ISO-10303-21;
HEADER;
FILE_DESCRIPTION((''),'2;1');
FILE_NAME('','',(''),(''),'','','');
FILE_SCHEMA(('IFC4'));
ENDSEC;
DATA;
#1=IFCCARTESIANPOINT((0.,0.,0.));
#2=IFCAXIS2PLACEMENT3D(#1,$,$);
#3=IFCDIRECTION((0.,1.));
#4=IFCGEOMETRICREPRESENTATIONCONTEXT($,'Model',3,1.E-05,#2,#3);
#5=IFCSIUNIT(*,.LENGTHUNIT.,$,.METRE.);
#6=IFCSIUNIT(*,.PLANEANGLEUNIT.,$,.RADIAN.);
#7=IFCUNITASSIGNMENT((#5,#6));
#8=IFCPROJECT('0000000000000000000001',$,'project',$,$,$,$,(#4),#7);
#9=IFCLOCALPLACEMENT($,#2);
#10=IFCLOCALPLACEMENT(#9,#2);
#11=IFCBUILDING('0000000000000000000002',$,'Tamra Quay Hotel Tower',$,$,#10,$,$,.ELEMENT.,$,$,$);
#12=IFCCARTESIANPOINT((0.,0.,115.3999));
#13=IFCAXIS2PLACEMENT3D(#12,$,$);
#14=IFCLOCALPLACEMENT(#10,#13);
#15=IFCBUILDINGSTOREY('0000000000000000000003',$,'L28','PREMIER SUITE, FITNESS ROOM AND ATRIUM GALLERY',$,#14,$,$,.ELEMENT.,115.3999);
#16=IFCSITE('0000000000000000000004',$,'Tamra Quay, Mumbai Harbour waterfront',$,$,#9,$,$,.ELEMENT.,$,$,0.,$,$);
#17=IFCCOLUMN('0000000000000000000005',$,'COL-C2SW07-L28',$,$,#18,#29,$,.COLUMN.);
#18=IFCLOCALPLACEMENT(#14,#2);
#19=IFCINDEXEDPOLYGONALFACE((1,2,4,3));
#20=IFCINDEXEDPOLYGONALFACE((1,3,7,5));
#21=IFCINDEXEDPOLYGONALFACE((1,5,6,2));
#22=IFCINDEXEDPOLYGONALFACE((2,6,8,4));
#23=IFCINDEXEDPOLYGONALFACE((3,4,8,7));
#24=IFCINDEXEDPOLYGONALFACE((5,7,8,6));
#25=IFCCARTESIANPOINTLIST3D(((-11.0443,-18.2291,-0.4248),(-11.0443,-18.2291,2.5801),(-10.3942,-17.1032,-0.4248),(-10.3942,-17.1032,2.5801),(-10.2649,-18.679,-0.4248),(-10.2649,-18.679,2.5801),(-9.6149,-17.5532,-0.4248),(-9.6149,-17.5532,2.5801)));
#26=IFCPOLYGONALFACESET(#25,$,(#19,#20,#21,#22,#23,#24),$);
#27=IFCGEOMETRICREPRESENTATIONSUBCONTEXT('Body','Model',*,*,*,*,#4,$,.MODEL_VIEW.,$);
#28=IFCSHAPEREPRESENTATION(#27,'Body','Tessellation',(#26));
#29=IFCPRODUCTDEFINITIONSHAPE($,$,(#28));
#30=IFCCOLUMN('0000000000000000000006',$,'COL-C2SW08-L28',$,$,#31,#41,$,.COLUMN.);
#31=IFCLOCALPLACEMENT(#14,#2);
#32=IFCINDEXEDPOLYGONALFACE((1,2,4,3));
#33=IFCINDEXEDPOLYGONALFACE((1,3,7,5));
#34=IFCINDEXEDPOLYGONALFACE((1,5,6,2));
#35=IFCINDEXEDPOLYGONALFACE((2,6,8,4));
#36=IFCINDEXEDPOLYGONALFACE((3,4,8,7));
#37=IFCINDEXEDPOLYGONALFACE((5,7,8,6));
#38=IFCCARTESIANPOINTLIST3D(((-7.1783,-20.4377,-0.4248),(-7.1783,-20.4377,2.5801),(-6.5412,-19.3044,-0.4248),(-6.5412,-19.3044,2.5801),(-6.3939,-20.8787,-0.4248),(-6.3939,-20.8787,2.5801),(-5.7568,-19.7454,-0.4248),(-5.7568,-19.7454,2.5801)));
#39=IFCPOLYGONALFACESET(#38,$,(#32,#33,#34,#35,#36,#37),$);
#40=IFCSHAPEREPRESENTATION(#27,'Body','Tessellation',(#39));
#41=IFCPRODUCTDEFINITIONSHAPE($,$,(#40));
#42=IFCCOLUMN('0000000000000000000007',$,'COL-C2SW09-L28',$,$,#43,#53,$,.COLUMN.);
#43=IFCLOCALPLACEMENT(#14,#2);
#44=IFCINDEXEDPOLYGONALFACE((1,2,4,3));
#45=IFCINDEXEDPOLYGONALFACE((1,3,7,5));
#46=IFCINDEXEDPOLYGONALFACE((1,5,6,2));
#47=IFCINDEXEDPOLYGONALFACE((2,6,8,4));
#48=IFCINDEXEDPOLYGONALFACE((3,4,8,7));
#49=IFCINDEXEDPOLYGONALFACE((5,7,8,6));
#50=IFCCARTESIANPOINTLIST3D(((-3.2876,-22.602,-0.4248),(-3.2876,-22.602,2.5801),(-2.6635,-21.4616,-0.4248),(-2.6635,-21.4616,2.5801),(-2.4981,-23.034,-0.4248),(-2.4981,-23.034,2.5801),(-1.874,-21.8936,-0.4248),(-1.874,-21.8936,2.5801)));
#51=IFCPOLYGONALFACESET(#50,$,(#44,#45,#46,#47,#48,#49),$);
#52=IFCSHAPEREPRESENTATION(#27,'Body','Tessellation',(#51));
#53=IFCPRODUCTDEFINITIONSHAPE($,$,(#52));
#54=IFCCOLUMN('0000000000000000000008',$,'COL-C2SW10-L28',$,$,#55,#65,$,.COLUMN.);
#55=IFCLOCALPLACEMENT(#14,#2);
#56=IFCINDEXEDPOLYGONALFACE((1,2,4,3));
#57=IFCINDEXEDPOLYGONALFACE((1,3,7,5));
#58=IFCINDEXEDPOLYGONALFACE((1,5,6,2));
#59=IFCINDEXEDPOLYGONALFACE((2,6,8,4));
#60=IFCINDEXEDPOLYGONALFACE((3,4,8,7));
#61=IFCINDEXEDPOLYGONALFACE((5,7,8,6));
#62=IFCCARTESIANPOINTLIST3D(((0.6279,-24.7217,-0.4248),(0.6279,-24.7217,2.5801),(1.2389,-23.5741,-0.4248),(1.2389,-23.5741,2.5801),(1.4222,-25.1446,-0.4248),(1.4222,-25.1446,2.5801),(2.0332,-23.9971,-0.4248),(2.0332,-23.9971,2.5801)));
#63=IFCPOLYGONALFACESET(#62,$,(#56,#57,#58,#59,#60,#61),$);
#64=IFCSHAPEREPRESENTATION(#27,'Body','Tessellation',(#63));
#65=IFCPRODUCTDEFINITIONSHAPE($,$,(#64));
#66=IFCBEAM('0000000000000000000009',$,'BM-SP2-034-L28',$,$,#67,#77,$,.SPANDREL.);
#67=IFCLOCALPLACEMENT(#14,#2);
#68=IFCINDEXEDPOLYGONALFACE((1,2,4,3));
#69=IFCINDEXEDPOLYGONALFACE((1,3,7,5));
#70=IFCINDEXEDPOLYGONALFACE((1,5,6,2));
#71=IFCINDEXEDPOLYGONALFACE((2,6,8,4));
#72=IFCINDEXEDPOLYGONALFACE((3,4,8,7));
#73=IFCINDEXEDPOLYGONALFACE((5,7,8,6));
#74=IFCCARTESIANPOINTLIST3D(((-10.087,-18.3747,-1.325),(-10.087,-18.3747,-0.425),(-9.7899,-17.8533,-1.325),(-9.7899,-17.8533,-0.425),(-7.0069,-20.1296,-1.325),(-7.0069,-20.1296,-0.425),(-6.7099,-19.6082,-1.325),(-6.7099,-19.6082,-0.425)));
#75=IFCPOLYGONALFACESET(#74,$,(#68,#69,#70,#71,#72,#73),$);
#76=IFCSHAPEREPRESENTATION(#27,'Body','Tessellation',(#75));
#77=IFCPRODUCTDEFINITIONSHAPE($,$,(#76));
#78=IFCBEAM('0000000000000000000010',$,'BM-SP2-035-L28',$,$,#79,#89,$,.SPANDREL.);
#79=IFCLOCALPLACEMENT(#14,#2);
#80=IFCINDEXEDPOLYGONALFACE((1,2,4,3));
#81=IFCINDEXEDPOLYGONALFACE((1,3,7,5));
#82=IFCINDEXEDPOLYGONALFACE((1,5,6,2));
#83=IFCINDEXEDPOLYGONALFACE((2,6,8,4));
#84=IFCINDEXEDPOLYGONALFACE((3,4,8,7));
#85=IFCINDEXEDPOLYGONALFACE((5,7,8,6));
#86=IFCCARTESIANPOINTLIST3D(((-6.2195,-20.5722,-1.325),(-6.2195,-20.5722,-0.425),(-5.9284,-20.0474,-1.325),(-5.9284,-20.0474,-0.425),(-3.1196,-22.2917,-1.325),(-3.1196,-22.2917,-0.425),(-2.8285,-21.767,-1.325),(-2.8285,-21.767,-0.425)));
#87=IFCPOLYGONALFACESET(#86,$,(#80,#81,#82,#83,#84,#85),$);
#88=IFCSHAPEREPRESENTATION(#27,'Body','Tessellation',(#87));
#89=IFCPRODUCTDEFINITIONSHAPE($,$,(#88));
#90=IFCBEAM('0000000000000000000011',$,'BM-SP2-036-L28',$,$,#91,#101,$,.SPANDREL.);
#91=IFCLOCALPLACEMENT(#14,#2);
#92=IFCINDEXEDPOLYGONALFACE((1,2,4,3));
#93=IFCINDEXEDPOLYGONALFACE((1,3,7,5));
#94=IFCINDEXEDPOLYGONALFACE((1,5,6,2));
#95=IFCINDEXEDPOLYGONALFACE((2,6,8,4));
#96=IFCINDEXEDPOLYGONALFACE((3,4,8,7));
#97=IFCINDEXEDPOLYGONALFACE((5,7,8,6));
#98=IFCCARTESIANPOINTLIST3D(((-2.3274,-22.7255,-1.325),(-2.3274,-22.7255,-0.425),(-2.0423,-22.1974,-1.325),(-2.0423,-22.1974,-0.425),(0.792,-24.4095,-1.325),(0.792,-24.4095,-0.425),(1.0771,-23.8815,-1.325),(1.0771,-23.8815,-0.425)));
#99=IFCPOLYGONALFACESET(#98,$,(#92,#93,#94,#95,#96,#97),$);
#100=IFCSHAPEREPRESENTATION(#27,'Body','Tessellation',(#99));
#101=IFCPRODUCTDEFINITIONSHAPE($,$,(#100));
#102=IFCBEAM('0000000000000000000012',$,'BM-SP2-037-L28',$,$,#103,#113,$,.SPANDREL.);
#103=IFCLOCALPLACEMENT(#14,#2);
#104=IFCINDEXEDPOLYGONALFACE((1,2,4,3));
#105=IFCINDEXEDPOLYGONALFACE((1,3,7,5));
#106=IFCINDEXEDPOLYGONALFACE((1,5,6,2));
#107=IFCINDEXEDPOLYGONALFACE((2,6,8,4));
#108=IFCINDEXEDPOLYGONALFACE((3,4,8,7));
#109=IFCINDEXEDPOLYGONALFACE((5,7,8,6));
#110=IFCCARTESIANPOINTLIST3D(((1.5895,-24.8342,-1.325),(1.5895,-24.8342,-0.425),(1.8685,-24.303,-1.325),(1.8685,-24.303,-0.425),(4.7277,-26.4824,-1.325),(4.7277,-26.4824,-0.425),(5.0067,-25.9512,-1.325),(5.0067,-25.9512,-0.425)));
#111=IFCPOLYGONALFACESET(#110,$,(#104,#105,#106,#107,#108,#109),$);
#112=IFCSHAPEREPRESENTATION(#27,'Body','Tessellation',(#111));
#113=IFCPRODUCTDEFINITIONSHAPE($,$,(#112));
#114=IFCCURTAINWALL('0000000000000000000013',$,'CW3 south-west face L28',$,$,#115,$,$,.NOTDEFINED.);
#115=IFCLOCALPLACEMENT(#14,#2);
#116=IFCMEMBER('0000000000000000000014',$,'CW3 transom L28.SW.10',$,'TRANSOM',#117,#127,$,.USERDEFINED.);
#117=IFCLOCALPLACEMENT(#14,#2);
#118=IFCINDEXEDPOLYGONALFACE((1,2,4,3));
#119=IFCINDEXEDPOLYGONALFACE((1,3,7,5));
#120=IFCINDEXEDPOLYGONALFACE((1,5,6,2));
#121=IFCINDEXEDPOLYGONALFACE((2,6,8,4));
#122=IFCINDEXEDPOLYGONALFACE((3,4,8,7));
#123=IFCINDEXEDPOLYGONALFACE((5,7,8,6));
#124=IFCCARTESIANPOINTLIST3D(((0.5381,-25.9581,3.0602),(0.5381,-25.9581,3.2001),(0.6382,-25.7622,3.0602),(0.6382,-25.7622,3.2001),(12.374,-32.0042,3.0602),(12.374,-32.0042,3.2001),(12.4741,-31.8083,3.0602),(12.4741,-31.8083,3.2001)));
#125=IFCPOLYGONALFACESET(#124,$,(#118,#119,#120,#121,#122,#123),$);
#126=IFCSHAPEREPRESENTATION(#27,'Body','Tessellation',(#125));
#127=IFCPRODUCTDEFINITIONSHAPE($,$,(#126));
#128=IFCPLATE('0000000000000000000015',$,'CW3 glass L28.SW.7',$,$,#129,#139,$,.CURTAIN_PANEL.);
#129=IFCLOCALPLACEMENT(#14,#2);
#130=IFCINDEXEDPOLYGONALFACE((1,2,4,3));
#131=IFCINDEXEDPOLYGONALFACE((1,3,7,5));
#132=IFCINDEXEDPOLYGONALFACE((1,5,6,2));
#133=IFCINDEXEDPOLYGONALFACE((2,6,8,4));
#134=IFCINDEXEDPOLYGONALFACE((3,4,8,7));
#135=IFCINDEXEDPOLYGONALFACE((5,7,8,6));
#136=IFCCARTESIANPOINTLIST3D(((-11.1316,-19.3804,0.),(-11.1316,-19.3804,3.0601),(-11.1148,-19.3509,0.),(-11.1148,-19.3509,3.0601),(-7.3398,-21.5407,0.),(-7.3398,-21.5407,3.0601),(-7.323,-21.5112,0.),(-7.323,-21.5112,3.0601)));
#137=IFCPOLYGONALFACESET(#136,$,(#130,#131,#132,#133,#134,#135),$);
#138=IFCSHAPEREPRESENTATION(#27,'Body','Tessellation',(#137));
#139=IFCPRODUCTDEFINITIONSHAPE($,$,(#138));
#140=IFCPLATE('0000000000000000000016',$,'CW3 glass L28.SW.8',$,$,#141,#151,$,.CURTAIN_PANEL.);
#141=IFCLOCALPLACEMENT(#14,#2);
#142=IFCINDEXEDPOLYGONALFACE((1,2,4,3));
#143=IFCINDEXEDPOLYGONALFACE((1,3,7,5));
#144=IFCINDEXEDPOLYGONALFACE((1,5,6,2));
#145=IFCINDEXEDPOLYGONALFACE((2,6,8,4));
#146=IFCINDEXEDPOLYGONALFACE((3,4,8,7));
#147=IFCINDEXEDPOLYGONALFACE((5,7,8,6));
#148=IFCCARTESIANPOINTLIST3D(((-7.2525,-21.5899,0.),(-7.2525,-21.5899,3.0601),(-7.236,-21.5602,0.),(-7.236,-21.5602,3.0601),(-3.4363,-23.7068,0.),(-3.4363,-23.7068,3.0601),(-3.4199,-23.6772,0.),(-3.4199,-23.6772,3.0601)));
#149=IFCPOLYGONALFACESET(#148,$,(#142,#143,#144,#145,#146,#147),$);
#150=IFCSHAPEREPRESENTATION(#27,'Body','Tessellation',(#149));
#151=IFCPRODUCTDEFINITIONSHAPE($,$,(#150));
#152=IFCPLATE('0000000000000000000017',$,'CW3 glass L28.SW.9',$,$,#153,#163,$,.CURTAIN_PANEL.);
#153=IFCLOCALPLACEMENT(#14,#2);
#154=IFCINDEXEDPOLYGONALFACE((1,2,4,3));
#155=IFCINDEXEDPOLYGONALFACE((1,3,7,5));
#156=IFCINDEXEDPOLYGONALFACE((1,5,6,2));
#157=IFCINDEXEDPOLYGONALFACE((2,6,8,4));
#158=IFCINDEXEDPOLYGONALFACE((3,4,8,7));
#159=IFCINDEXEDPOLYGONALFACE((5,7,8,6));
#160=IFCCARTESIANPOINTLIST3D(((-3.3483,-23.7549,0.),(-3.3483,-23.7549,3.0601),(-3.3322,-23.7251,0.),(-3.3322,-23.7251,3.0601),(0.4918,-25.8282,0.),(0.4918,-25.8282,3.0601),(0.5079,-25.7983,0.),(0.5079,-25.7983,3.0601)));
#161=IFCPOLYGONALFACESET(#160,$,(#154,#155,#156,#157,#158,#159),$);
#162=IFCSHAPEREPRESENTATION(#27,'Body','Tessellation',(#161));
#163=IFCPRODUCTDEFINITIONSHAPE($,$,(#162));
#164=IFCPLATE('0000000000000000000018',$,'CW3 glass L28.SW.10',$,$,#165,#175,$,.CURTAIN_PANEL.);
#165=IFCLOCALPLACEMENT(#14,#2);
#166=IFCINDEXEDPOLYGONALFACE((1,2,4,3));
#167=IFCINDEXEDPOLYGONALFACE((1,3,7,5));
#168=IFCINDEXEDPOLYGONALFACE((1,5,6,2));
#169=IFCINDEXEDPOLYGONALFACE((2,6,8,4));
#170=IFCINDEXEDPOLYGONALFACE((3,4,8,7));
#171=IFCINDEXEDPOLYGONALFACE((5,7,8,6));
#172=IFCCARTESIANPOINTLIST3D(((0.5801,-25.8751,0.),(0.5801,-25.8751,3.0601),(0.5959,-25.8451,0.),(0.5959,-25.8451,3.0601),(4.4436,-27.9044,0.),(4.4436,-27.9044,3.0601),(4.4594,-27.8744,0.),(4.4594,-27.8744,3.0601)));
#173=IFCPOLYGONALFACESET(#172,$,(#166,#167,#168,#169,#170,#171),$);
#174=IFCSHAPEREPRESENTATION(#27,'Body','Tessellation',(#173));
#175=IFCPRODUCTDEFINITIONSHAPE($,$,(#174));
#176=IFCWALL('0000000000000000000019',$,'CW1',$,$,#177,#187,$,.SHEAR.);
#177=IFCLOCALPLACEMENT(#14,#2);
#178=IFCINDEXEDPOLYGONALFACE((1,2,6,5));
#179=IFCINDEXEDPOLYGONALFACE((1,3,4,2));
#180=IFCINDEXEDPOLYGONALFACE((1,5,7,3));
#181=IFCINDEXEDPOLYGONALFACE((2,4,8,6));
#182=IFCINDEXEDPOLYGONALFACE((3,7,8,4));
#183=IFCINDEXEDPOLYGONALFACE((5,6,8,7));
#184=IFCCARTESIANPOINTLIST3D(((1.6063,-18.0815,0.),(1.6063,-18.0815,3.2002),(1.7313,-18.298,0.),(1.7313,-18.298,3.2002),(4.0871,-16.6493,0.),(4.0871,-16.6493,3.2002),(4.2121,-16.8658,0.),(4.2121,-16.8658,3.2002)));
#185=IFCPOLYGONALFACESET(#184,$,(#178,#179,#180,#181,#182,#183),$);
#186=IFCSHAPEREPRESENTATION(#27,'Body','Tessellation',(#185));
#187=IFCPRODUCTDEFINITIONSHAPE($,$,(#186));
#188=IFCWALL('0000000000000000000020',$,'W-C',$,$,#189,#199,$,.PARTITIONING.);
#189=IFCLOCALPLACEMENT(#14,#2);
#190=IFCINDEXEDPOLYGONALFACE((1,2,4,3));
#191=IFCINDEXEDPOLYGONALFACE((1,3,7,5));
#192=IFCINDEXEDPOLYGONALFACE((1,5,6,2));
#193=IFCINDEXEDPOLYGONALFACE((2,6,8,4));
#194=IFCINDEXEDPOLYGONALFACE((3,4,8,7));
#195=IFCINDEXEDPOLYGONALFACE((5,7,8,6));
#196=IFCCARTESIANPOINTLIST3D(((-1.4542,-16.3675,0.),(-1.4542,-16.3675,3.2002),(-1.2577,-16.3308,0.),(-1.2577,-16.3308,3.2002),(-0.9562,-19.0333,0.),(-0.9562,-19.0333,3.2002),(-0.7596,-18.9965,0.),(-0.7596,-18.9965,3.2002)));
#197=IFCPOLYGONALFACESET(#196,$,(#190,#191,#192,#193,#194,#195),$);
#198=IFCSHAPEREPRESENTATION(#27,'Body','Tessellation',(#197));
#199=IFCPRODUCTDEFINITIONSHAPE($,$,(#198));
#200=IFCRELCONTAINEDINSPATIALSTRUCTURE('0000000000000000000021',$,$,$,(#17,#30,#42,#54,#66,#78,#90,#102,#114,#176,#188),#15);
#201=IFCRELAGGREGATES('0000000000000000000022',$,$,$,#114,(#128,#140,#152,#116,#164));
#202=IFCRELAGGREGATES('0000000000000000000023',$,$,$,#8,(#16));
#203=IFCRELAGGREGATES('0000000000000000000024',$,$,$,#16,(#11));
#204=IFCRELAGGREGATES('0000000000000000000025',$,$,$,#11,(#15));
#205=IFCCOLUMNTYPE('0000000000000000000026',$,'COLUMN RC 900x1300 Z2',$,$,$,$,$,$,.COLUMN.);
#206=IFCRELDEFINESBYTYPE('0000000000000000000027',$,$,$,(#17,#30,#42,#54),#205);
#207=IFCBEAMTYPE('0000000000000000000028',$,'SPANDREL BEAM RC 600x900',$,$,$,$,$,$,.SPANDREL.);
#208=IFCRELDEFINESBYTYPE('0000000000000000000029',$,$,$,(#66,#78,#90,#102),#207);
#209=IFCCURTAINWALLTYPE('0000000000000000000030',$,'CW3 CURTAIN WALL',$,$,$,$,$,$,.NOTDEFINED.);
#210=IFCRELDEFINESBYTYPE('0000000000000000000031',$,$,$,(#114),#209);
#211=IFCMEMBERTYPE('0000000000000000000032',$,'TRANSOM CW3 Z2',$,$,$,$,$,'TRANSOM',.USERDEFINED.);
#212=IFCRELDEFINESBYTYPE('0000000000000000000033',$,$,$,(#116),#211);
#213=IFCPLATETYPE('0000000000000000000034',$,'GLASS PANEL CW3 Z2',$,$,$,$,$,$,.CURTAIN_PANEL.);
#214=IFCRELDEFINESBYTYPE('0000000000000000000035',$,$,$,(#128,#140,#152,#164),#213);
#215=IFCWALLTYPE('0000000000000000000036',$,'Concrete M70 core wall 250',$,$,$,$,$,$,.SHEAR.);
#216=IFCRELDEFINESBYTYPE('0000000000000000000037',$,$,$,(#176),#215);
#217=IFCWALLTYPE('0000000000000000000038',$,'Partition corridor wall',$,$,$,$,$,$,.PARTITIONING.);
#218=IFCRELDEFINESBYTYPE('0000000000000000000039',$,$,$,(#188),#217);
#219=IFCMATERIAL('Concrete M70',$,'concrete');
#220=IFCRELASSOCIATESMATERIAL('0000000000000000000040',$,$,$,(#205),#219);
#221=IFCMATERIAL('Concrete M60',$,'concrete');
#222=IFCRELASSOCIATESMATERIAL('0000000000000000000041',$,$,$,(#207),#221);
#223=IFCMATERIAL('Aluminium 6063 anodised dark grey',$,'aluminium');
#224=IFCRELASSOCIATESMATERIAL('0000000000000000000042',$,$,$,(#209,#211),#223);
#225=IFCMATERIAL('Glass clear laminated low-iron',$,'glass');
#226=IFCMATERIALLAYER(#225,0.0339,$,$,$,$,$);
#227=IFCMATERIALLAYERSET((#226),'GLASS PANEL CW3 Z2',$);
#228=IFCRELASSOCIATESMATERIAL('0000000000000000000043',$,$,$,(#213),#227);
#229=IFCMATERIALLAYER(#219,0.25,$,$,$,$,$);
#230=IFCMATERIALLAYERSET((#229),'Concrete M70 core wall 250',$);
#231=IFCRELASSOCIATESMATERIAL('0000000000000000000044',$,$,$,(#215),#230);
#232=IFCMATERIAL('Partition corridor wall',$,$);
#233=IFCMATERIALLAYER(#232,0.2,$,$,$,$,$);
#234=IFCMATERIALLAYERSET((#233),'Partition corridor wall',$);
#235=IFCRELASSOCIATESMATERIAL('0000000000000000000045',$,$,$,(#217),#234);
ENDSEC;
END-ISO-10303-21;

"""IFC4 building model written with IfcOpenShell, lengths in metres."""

from ifc_helpers import new_model, si_unit, direction, frame, frame_2d, origin, origin_2d, place, context, subcontext, project, spatial, rectangle, extrude, material, layer, layer_set, material_profile, profile_set, type_object, element, aggregate, save


model = new_model("IFC4")

# Units and contexts
model_context = context("Model", 3, precision=1e-05, world=origin(), true_north=direction((0.0, 1.0)))
body_context = subcontext(model_context, "Body", "Model", "MODEL_VIEW")
ifc_project = project(units=[si_unit("LENGTHUNIT", "METRE"), si_unit("PLANEANGLEUNIT", "RADIAN")], contexts=[model_context])

# Site, building, storey
site_placement = place(None, origin())
site = spatial("IfcSite", under=ifc_project, at=site_placement, Name="Tamra Quay, Mumbai Harbour waterfront", CompositionType="ELEMENT", RefElevation=0.0)
building_placement = place(site_placement, origin())
building = spatial("IfcBuilding", under=site, at=building_placement, Name="Tamra Quay Hotel Tower", CompositionType="ELEMENT")
storey_placement = place(building_placement, frame((0.0, 0.0, 115.3999)))
storey = spatial("IfcBuildingStorey", under=building, at=storey_placement, Name="L28", Description="PREMIER SUITE, FITNESS ROOM AND ATRIUM GALLERY", CompositionType="ELEMENT", Elevation=115.3999)

# Columns
ifc_material_1 = material(Name="Concrete M70", Category="concrete")
ifc_material_profile_1 = material_profile(ifc_material_1, rectangle(XDim=1.3, YDim=0.8999, at=origin_2d()), Name="COLUMN RC 900x1300 Z2")
ifc_profile_set_1 = profile_set([ifc_material_profile_1], Name="Concrete M70")
column_type = type_object("IfcColumnType", Name="COLUMN RC 900x1300 Z2", PredefinedType="COLUMN", material=ifc_profile_set_1)
for number, where, z_axis, x_axis, name in (
    (1, (-10.3296, -17.8911, -0.4248), (0.0, 0.0, 1.0), (0.5, 0.866025, 0.0), "COL-C2SW07-L28"),
    (2, (-6.4675, -20.0916, -0.4248), (0.0, 0.0, 1.0), (0.490061, 0.871688, 0.0), "COL-C2SW08-L28"),
    (3, (-2.5808, -22.2478, -0.4248), (0.0, 0.0, 1.0), (0.48006, 0.877236, 0.0), "COL-C2SW09-L28"),
    (4, (1.3306, -24.3594, -0.4248), (0.0, 0.0, 1.0), (0.470002, 0.882666, 0.0), "COL-C2SW10-L28"),
):
    element("IfcColumn", number, at=place(storey_placement, frame(where, z_axis=z_axis, x_axis=x_axis)), inside=storey, type_object=column_type, Name=name, PredefinedType="COLUMN", context=body_context, shape_type="SweptSolid", body=[
        extrude(rectangle(XDim=1.3, YDim=0.8999, at=origin_2d()), origin(), (0.0, 0.0, 1.0), 3.0049),
    ])

# Beams
ifc_material_2 = material(Name="Concrete M60", Category="concrete")
ifc_material_profile_2 = material_profile(ifc_material_2, rectangle(XDim=0.6001, YDim=0.8999, at=origin_2d()), Name="SPANDREL BEAM RC 600x900")
ifc_profile_set_2 = profile_set([ifc_material_profile_2], Name="Concrete M60")
beam_type = type_object("IfcBeamType", Name="SPANDREL BEAM RC 600x900", PredefinedType="SPANDREL", material=ifc_profile_set_2)
for number, where, z_axis, x_axis, name in (
    (5, (-9.9385, -18.114, -0.875), (0.86887, -0.495041, 0.0), (0.495041, 0.86887, 0.0), "BM-SP2-034-L28"),
    (6, (-6.074, -20.3098, -0.875), (0.874475, -0.48507, 0.0), (0.48507, 0.874475, 0.0), "BM-SP2-035-L28"),
    (7, (-2.1848, -22.4614, -0.875), (0.879951, -0.475065, 0.0), (0.475065, 0.879951, 0.0), "BM-SP2-036-L28"),
):
    element("IfcBeam", number, at=place(storey_placement, frame(where, z_axis=z_axis, x_axis=x_axis)), inside=storey, type_object=beam_type, Name=name, PredefinedType="SPANDREL", context=body_context, shape_type="SweptSolid", body=[
        extrude(rectangle(XDim=0.6001, YDim=0.8999, at=origin_2d()), origin(), (0.0, 0.0, 1.0), 3.5449),
    ])
beam_placement = place(storey_placement, frame((1.729, -24.5686, -0.875), z_axis=(0.885323, -0.464977, 0.0), x_axis=(0.464977, 0.885323, 0.0)))
element("IfcBeam", 8, at=beam_placement, inside=storey, type_object=beam_type, Name="BM-SP2-037-L28", PredefinedType="SPANDREL", context=body_context, shape_type="SweptSolid", body=[
    extrude(rectangle(XDim=0.6001, YDim=0.8999, at=origin_2d()), origin(), (0.0, 0.0, 1.0), 3.5447),
])

# Curtain wall, member, plates
ifc_material_3 = material(Name="Aluminium 6063 anodised dark grey", Category="aluminium")
curtain_wall_type = type_object("IfcCurtainWallType", Name="CW3 CURTAIN WALL", PredefinedType="NOTDEFINED", material=ifc_material_3)
curtain_wall_placement = place(storey_placement, origin())
curtain_wall = element("IfcCurtainWall", 9, at=curtain_wall_placement, inside=storey, type_object=curtain_wall_type, Name="CW3 south-west face L28", PredefinedType="NOTDEFINED")
ifc_material_profile_3 = material_profile(ifc_material_3, rectangle(XDim=0.22, YDim=0.1399, at=origin_2d()), Name="TRANSOM 220X140")
ifc_profile_set_3 = profile_set([ifc_material_profile_3], Name="Aluminium 6063 anodised dark grey")
member_type = type_object("IfcMemberType", Name="TRANSOM CW3 Z2", ElementType="TRANSOM", PredefinedType="USERDEFINED", material=ifc_profile_set_3)
member_placement = place(storey_placement, frame((0.5881, -25.8601, 3.1301), z_axis=(0.890536, -0.454912, 0.0), x_axis=(0.454912, 0.890536, 0.0)))
member = element("IfcMember", 10, at=member_placement, type_object=member_type, Name="CW3 transom L28.SW.10", ObjectType="TRANSOM", PredefinedType="USERDEFINED", context=body_context, shape_type="SweptSolid", body=[
    extrude(rectangle(XDim=0.22, YDim=0.1399, at=origin_2d()), origin(), (0.0, 0.0, 1.0), 13.2908),
])
ifc_material_4 = material(Name="Glass clear laminated low-iron", Category="glass")
ifc_layer_1 = layer(ifc_material_4, 0.0339)
ifc_layer_set_1 = layer_set([ifc_layer_1], Name="GLASS PANEL CW3 Z2")
plate_type = type_object("IfcPlateType", Name="GLASS PANEL CW3 Z2", PredefinedType="CURTAIN_PANEL", material=ifc_layer_set_1)
plate_1_placement = place(storey_placement, frame((-9.2273, -20.4458, 0.0), z_axis=(0.0, 0.0, 1.0), x_axis=(0.868868, -0.495045, 0.0)))
plate_1 = element("IfcPlate", 11, at=plate_1_placement, type_object=plate_type, Name="CW3 glass L28.SW.7", PredefinedType="CURTAIN_PANEL", context=body_context, shape_type="SweptSolid", body=[
    extrude(rectangle(XDim=4.364, YDim=0.0339, at=origin_2d()), origin(), (0.0, 0.0, 1.0), 3.0601),
])
plate_2_placement = place(storey_placement, frame((-5.3362, -22.6335, 0.0), z_axis=(0.0, 0.0, 1.0), x_axis=(0.874465, -0.485088, 0.0)))
plate_2 = element("IfcPlate", 12, at=plate_2_placement, type_object=plate_type, Name="CW3 glass L28.SW.8", PredefinedType="CURTAIN_PANEL", context=body_context, shape_type="SweptSolid", body=[
    extrude(rectangle(XDim=4.364, YDim=0.0339, at=origin_2d()), origin(), (0.0, 0.0, 1.0), 3.0601),
])
plate_3_placement = place(storey_placement, frame((-1.4202, -24.7766, 0.0), z_axis=(0.0, 0.0, 1.0), x_axis=(0.879946, -0.475074, 0.0)))
plate_3 = element("IfcPlate", 13, at=plate_3_placement, type_object=plate_type, Name="CW3 glass L28.SW.9", PredefinedType="CURTAIN_PANEL", context=body_context, shape_type="SweptSolid", body=[
    extrude(rectangle(XDim=4.364, YDim=0.0339, at=origin_2d()), origin(), (0.0, 0.0, 1.0), 3.0601),
])
plate_4_placement = place(storey_placement, frame((2.5198, -26.8748, 0.0), z_axis=(0.0, 0.0, 1.0), x_axis=(0.885306, -0.465009, 0.0)))
plate_4 = element("IfcPlate", 14, at=plate_4_placement, type_object=plate_type, Name="CW3 glass L28.SW.10", PredefinedType="CURTAIN_PANEL", context=body_context, shape_type="SweptSolid", body=[
    extrude(rectangle(XDim=4.364, YDim=0.0339, at=origin_2d()), origin(), (0.0, 0.0, 1.0), 3.0601),
])
aggregate(curtain_wall, [plate_1, plate_2, plate_3, member, plate_4])

# Walls
ifc_layer_2 = layer(ifc_material_1, 0.25)
ifc_layer_set_2 = layer_set([ifc_layer_2], Name="Concrete M70 core wall 250")
wall_type_1 = type_object("IfcWallType", Name="Concrete M70 core wall 250", PredefinedType="SHEAR", material=ifc_layer_set_2)
wall_1_placement = place(storey_placement, frame((1.6689, -18.1897, 0.0), z_axis=(0.0, 0.0, 1.0), x_axis=(0.866042, 0.499971, 0.0)))
element("IfcWall", 15, at=wall_1_placement, inside=storey, type_object=wall_type_1, Name="CW1", PredefinedType="SHEAR", context=body_context, shape_type="SweptSolid", body=[
    extrude(rectangle(XDim=2.8645, YDim=0.25, at=frame_2d((1.4321, 0.0))), origin(), (0.0, 0.0, 1.0), 3.2002),
])
ifc_material_5 = material(Name="Partition corridor wall")
ifc_layer_3 = layer(ifc_material_5, 0.2)
ifc_layer_set_3 = layer_set([ifc_layer_3], Name="Partition corridor wall")
wall_type_2 = type_object("IfcWallType", Name="Partition corridor wall", PredefinedType="PARTITIONING", material=ifc_layer_set_3)
wall_2_placement = place(storey_placement, frame((-1.356, -16.3491, 0.0), z_axis=(0.0, 0.0, 1.0), x_axis=(0.183653, -0.982991, 0.0)))
element("IfcWall", 16, at=wall_2_placement, inside=storey, type_object=wall_type_2, Name="W-C", PredefinedType="PARTITIONING", context=body_context, shape_type="SweptSolid", body=[
    extrude(rectangle(XDim=2.7119, YDim=0.2, at=frame_2d((1.356, 0.0))), origin(), (0.0, 0.0, 1.0), 3.2002),
])

save(model, "model.ifc")
